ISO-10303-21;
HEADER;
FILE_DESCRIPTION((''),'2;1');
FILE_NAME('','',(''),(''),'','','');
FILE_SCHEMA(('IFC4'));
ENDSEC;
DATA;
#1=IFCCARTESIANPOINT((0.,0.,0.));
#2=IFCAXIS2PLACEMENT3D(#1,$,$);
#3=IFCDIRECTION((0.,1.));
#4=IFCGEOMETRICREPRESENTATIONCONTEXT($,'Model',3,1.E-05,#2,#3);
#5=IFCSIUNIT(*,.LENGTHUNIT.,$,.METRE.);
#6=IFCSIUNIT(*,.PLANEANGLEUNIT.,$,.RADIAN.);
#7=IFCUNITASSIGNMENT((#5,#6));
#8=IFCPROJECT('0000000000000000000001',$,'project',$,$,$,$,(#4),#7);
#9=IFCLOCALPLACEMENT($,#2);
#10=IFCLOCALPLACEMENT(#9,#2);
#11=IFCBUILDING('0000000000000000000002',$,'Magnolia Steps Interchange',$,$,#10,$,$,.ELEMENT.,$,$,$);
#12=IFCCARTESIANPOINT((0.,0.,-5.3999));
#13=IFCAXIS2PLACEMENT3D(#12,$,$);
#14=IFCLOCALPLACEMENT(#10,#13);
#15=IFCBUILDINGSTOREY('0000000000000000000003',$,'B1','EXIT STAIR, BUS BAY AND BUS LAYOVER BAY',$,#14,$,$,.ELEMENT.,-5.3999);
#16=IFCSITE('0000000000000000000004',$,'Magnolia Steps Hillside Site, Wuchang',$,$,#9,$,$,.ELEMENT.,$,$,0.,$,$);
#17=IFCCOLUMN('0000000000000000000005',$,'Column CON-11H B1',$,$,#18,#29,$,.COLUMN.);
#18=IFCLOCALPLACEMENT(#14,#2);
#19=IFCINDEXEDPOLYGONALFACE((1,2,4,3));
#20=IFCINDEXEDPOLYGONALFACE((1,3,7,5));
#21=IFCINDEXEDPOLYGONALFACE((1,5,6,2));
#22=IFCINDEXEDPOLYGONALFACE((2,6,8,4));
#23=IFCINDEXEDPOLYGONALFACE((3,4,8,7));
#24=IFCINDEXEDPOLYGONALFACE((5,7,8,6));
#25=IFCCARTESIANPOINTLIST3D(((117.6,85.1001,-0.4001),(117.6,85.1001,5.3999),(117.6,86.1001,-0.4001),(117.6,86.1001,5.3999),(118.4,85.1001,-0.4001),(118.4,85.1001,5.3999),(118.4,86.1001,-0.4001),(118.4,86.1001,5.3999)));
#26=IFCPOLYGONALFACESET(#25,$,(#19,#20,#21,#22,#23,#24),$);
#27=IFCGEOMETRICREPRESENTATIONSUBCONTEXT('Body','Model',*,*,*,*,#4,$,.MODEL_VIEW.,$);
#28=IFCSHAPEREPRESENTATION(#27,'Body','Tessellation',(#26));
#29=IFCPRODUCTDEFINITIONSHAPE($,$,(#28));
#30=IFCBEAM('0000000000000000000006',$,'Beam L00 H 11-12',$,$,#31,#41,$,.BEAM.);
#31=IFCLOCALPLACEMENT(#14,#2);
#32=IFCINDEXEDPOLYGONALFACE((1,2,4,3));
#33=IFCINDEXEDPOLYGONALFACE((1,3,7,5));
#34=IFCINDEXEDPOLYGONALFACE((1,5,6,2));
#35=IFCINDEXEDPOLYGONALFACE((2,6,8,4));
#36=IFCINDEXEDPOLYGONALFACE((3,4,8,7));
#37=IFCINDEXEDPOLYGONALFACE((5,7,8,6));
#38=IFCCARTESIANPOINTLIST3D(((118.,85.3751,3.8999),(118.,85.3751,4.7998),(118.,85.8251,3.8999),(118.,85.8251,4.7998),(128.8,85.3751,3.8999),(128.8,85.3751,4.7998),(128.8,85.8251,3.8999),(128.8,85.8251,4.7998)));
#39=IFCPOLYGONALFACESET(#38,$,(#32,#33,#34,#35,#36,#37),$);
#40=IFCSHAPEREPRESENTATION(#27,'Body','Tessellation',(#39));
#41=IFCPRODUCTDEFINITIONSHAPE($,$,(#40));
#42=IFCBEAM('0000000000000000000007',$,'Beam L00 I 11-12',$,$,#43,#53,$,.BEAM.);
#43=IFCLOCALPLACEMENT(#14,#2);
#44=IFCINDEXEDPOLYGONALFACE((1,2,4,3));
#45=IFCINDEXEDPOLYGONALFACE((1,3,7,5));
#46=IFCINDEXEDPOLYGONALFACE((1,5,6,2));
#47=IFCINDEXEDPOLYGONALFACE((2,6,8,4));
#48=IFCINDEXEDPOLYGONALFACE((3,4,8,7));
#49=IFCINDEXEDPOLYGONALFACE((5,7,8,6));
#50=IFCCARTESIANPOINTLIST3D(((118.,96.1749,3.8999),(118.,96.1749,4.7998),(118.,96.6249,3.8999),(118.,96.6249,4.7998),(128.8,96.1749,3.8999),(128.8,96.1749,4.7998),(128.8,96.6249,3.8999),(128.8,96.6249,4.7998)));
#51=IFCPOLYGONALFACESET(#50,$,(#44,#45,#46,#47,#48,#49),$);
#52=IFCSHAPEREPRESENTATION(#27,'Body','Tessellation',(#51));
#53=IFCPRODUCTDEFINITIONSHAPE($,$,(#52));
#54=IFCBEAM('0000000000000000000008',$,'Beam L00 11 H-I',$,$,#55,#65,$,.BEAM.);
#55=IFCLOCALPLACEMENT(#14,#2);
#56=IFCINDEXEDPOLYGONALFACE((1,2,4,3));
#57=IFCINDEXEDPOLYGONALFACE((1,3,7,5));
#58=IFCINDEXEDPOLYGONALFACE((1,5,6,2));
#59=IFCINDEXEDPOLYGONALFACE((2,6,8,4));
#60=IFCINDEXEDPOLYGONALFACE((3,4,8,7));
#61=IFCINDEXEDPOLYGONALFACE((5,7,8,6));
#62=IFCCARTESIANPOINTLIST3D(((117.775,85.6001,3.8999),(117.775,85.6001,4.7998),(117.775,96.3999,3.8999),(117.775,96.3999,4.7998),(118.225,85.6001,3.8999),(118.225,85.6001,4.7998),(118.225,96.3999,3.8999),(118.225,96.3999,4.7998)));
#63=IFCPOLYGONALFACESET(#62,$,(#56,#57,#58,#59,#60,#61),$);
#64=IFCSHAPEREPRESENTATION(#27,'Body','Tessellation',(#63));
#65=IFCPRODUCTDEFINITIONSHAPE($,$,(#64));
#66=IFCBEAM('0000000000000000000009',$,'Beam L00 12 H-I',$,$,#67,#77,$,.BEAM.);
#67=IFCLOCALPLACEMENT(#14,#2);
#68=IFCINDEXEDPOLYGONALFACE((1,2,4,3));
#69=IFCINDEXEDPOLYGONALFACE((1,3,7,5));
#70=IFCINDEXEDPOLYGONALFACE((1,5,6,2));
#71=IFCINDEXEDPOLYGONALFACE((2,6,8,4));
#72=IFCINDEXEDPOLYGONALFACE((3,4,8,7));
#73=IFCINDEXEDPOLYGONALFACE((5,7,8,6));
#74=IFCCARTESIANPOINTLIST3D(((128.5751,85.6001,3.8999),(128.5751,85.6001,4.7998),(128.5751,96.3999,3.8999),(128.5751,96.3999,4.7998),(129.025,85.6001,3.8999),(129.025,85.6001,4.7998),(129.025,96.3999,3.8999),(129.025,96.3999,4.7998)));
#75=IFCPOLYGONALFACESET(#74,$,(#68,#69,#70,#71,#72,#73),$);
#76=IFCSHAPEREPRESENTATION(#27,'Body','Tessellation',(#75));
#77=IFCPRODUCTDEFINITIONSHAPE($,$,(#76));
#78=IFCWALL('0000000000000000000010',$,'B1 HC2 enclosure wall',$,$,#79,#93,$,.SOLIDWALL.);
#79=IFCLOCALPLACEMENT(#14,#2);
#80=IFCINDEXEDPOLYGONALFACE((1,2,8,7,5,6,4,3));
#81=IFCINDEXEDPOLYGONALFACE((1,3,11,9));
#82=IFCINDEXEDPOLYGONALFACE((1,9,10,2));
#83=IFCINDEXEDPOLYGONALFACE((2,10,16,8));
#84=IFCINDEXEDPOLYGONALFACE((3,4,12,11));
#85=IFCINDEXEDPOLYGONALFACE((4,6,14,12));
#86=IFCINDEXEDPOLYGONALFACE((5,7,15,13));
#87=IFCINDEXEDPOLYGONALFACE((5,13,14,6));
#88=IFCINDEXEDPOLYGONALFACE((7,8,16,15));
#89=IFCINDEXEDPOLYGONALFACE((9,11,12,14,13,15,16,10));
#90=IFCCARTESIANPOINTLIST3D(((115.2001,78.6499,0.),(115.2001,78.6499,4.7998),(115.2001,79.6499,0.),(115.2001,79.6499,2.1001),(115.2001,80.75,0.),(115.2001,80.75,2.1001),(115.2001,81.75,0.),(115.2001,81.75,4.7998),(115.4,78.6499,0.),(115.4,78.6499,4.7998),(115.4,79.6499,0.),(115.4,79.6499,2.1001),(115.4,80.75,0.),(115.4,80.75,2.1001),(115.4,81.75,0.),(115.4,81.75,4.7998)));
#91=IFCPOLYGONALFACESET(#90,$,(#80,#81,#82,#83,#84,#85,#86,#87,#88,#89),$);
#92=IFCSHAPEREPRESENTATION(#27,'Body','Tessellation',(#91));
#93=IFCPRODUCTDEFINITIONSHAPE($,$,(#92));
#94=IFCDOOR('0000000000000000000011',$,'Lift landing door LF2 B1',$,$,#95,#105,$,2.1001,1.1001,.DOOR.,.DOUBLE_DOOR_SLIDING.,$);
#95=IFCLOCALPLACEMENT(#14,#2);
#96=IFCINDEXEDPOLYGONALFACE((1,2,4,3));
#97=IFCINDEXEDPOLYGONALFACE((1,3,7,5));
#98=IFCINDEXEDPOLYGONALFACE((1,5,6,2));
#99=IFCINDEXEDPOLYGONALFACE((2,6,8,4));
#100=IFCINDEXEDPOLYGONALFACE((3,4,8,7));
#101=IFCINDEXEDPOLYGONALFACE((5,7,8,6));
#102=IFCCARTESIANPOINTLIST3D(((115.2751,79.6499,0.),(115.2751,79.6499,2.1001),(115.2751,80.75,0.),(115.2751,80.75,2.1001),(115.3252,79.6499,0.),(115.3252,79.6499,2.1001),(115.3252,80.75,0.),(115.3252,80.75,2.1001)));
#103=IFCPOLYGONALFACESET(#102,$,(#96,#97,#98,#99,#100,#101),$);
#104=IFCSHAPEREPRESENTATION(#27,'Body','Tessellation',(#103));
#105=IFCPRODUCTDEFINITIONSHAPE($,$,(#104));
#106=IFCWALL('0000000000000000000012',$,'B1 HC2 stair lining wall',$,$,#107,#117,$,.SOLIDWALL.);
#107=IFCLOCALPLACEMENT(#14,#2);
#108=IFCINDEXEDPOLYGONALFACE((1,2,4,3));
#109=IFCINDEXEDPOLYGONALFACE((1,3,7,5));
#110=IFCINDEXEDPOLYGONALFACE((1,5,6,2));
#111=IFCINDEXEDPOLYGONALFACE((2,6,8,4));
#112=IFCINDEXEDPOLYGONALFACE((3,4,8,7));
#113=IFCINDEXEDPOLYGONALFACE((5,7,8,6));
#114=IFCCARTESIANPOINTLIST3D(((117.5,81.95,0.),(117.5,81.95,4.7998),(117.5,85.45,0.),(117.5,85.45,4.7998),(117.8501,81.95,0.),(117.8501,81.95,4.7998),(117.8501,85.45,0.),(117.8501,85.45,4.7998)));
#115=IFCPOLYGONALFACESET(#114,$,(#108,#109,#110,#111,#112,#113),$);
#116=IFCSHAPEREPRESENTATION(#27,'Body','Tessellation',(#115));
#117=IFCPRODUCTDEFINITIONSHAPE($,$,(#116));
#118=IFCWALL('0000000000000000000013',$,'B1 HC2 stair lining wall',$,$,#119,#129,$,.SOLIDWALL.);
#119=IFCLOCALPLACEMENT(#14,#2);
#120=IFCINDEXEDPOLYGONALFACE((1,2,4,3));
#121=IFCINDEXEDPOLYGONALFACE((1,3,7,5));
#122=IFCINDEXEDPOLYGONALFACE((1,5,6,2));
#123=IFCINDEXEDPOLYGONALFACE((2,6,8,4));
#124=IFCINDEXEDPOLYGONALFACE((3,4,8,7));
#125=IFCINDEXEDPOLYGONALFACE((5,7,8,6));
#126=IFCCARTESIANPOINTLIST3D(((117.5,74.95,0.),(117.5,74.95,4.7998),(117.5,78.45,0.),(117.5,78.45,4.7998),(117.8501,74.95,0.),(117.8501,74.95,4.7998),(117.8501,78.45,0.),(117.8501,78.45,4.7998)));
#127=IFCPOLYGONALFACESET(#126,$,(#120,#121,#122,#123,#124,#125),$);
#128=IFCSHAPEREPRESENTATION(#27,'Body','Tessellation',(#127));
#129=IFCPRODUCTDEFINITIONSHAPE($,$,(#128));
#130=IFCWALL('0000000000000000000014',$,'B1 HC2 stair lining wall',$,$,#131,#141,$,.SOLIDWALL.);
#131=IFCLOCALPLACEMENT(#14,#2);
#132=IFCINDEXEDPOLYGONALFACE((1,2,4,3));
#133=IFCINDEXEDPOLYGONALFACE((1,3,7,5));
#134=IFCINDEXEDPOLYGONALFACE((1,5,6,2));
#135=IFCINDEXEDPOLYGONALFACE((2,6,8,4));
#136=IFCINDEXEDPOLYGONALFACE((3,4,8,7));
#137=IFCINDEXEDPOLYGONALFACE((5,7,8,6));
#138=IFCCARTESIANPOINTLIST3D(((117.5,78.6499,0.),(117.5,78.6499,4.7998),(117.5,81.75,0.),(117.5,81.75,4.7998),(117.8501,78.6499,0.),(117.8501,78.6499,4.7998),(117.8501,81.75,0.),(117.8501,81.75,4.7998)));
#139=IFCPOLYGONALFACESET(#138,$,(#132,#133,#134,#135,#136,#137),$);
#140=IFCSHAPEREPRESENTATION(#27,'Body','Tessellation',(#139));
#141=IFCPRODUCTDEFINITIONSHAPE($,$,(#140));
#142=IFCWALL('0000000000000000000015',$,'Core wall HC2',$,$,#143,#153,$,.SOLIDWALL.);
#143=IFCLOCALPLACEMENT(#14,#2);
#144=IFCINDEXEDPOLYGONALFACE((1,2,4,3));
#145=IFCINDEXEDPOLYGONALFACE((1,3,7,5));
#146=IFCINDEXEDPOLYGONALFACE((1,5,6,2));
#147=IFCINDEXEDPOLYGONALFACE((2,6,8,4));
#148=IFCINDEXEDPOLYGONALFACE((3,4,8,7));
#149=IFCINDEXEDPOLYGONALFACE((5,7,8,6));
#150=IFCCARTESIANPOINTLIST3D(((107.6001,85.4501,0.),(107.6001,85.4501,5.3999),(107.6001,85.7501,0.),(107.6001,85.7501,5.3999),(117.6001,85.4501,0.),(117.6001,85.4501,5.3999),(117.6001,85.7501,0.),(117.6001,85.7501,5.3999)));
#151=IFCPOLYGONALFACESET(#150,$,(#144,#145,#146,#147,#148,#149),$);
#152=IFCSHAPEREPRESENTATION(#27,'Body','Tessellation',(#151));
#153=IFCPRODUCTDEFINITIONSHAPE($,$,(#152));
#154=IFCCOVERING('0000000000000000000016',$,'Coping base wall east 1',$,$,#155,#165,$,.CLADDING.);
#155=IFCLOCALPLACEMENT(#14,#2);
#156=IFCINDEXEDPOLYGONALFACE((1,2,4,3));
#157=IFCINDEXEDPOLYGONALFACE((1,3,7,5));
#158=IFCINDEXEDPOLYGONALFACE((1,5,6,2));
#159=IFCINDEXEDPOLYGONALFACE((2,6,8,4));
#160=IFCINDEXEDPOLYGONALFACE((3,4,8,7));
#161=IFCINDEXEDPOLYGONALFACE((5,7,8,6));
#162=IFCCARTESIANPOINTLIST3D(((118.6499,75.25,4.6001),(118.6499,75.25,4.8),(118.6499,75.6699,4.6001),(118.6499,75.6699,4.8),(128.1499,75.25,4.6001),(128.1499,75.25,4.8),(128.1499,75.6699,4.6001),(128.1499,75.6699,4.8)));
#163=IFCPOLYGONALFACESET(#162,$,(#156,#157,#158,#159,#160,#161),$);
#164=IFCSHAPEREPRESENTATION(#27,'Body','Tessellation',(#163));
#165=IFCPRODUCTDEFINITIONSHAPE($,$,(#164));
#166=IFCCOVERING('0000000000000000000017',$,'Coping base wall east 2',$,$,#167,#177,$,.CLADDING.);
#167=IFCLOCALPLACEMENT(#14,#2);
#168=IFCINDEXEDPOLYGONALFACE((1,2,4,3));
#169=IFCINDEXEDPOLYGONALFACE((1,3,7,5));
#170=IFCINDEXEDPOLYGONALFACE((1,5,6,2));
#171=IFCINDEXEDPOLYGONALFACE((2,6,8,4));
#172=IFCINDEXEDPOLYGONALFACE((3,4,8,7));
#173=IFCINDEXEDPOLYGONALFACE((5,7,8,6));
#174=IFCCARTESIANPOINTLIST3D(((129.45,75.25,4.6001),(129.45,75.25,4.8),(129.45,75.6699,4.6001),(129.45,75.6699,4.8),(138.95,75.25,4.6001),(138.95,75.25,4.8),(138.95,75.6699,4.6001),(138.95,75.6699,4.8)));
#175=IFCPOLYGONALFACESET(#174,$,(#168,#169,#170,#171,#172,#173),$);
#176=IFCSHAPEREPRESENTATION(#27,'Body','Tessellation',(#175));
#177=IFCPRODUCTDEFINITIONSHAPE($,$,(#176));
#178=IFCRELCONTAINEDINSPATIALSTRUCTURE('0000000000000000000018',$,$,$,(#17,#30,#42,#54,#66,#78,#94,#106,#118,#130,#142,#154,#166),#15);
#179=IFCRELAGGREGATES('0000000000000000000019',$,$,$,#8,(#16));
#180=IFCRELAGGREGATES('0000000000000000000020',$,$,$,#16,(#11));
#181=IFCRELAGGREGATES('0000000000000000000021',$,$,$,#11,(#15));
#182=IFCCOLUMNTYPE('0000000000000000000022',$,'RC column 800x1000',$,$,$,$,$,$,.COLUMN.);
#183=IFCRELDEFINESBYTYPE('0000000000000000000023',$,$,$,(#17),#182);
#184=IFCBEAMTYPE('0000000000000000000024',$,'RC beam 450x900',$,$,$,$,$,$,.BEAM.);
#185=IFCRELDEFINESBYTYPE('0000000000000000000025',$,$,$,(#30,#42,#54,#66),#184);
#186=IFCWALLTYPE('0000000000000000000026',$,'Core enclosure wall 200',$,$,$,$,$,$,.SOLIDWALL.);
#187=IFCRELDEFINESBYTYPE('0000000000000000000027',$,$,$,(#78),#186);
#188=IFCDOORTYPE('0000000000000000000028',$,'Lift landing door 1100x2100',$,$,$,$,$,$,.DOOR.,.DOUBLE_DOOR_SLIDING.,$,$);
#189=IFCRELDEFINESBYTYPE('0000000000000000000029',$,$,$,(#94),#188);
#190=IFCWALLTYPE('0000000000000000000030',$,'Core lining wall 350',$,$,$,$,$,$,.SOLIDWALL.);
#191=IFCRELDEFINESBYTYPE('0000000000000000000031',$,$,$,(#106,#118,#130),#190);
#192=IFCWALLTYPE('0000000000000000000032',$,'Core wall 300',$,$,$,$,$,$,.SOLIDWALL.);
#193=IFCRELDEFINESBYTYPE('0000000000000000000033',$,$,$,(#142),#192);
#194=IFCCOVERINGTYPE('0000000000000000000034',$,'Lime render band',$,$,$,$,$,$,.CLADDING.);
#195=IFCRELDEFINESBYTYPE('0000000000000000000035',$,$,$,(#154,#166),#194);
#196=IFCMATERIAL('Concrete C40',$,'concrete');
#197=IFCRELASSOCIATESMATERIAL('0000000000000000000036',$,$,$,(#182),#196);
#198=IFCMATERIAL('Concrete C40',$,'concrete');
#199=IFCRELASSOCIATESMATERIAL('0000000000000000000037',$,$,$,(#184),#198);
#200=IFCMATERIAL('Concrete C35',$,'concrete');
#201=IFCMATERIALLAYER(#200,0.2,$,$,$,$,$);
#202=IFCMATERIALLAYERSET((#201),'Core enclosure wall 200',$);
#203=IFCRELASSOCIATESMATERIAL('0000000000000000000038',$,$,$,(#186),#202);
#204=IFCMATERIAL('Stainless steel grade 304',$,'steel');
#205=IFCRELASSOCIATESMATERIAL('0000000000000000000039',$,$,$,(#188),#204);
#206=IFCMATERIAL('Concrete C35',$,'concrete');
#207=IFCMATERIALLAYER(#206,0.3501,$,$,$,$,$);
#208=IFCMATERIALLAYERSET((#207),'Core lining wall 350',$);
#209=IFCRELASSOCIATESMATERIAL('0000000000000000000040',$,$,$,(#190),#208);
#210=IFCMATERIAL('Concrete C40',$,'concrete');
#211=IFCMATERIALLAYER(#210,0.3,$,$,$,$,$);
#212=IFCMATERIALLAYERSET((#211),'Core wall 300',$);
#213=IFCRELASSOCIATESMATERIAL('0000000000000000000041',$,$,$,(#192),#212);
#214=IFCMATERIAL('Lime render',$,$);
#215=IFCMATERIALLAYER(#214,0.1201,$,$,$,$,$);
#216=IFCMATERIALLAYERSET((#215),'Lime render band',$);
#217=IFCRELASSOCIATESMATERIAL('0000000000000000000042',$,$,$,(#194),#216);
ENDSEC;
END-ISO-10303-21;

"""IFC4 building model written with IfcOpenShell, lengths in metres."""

from ifc_helpers import new_model, si_unit, direction, frame, frame_2d, origin, origin_2d, place, context, subcontext, project, spatial, rectangle, extrude, material, layer, layer_set, material_profile, profile_set, type_object, element, fill, save


model = new_model("IFC4")

# Units and contexts
model_context = context("Model", 3, precision=1e-05, world=origin(), true_north=direction((0.0, 1.0)))
body_context = subcontext(model_context, "Body", "Model", "MODEL_VIEW")
ifc_project = project(units=[si_unit("LENGTHUNIT", "METRE"), si_unit("PLANEANGLEUNIT", "RADIAN")], contexts=[model_context])

# Site, building, storey
site_placement = place(None, origin())
site = spatial("IfcSite", under=ifc_project, at=site_placement, Name="Magnolia Steps Hillside Site, Wuchang", CompositionType="ELEMENT", RefElevation=0.0)
building_placement = place(site_placement, origin())
building = spatial("IfcBuilding", under=site, at=building_placement, Name="Magnolia Steps Interchange", CompositionType="ELEMENT")
storey_placement = place(building_placement, frame((0.0, 0.0, -5.3999)))
storey = spatial("IfcBuildingStorey", under=building, at=storey_placement, Name="B1", Description="EXIT STAIR, BUS BAY AND BUS LAYOVER BAY", CompositionType="ELEMENT", Elevation=-5.3999)

# Column
ifc_material_1 = material(Name="Concrete C40", Category="concrete")
ifc_material_profile_1 = material_profile(ifc_material_1, rectangle(XDim=0.8, YDim=1.0, at=origin_2d()), Name="RC800x1000")
ifc_profile_set_1 = profile_set([ifc_material_profile_1], Name="Concrete C40")
column_type = type_object("IfcColumnType", Name="RC column 800x1000", PredefinedType="COLUMN", material=ifc_profile_set_1)
column_placement = place(storey_placement, frame((118.0, 85.6001, -0.4001), z_axis=(0.0, 0.0, 1.0), x_axis=(1.0, 0.0, 0.0)))
element("IfcColumn", 1, at=column_placement, inside=storey, type_object=column_type, Name="Column CON-11H B1", PredefinedType="COLUMN", context=body_context, shape_type="SweptSolid", body=[
    extrude(rectangle(XDim=0.8, YDim=1.0, at=origin_2d()), origin(), (0.0, 0.0, 1.0), 5.8),
])

# Beams
ifc_material_2 = material(Name="Concrete C40", Category="concrete")
ifc_material_profile_2 = material_profile(ifc_material_2, rectangle(XDim=0.45, YDim=0.8999, at=origin_2d()), Name="RC450x900")
ifc_profile_set_2 = profile_set([ifc_material_profile_2], Name="Concrete C40")
beam_type = type_object("IfcBeamType", Name="RC beam 450x900", PredefinedType="BEAM", material=ifc_profile_set_2)
for number, where, z_axis, x_axis, name in (
    (2, (118.0, 85.6001, 4.3499), (1.0, 0.0, 0.0), (0.0, 1.0, 0.0), "Beam L00 H 11-12"),
    (3, (118.0, 96.3999, 4.3499), (1.0, 0.0, 0.0), (0.0, 1.0, 0.0), "Beam L00 I 11-12"),
):
    element("IfcBeam", number, at=place(storey_placement, frame(where, z_axis=z_axis, x_axis=x_axis)), inside=storey, type_object=beam_type, Name=name, PredefinedType="BEAM", context=body_context, shape_type="SweptSolid", body=[
        extrude(rectangle(XDim=0.45, YDim=0.8999, at=origin_2d()), origin(), (0.0, 0.0, 1.0), 10.8),
    ])
for number, where, z_axis, x_axis, name in (
    (4, (118.0, 85.6001, 4.3499), (0.0, 1.0, 0.0), (-1.0, 0.0, 0.0), "Beam L00 11 H-I"),
    (5, (128.8, 85.6001, 4.3499), (0.0, 1.0, 0.0), (-1.0, 0.0, 0.0), "Beam L00 12 H-I"),
):
    element("IfcBeam", number, at=place(storey_placement, frame(where, z_axis=z_axis, x_axis=x_axis)), inside=storey, type_object=beam_type, Name=name, PredefinedType="BEAM", context=body_context, shape_type="SweptSolid", body=[
        extrude(rectangle(XDim=0.45, YDim=0.8999, at=origin_2d()), origin(), (0.0, 0.0, 1.0), 10.7998),
    ])

# Wall, opening, door
ifc_material_3 = material(Name="Concrete C35", Category="concrete")
ifc_layer_1 = layer(ifc_material_3, 0.2)
ifc_layer_set_1 = layer_set([ifc_layer_1], Name="Core enclosure wall 200")
wall_type_1 = type_object("IfcWallType", Name="Core enclosure wall 200", PredefinedType="SOLIDWALL", material=ifc_layer_set_1)
wall_1_placement = place(storey_placement, frame((115.3, 81.75, 0.0), z_axis=(0.0, 0.0, 1.0), x_axis=(0.0, -1.0, 0.0)))
wall_1 = element("IfcWall", 6, at=wall_1_placement, inside=storey, type_object=wall_type_1, Name="B1 HC2 enclosure wall", PredefinedType="SOLIDWALL", context=body_context, shape_type="SweptSolid", body=[
    extrude(rectangle(XDim=3.1001, YDim=0.2, at=frame_2d((1.55, 0.0))), origin(), (0.0, 0.0, 1.0), 4.7998),
])
opening_placement = place(wall_1_placement, frame((1.0, 0.0, 0.0)))
opening = element("IfcOpeningElement", 7, at=opening_placement, cuts=wall_1, PredefinedType="OPENING", context=body_context, shape_type="SweptSolid", body=[
    extrude(rectangle(XDim=1.1001, YDim=2.1001, at=frame_2d((0.55, 1.05))), frame((0.0, 0.1099, 0.0), z_axis=(0.0, -1.0, 0.0), x_axis=(1.0, 0.0, 0.0)), (0.0, 0.0, 1.0), 0.22),
])
ifc_material_4 = material(Name="Stainless steel grade 304", Category="steel")
door_type = type_object("IfcDoorType", Name="Lift landing door 1100x2100", OperationType="DOUBLE_DOOR_SLIDING", PredefinedType="DOOR", material=ifc_material_4)
door_placement = place(opening_placement, frame((1.1001, 0.0, 0.0), z_axis=(0.0, 0.0, 1.0), x_axis=(-1.0, 0.0, 0.0)))
door = element("IfcDoor", 8, at=door_placement, inside=storey, type_object=door_type, Name="Lift landing door LF2 B1", OperationType="DOUBLE_DOOR_SLIDING", OverallHeight=2.1001, OverallWidth=1.1001, PredefinedType="DOOR", context=body_context, shape_type="SweptSolid", body=[
    extrude(rectangle(XDim=1.1001, YDim=2.1001, at=frame_2d((0.55, 1.05))), frame((0.0, 0.0249, 0.0), z_axis=(0.0, -1.0, 0.0), x_axis=(1.0, 0.0, 0.0)), (0.0, 0.0, 1.0), 0.05),
])
fill(opening, door)

# Walls
ifc_material_5 = material(Name="Concrete C35", Category="concrete")
ifc_layer_2 = layer(ifc_material_5, 0.3501)
ifc_layer_set_2 = layer_set([ifc_layer_2], Name="Core lining wall 350")
wall_type_2 = type_object("IfcWallType", Name="Core lining wall 350", PredefinedType="SOLIDWALL", material=ifc_layer_set_2)
for number, where, z_axis, x_axis, name in (
    (9, (117.675, 85.45, 0.0), (0.0, 0.0, 1.0), (0.0, -1.0, 0.0), "B1 HC2 stair lining wall"),
    (10, (117.675, 78.45, 0.0), (0.0, 0.0, 1.0), (0.0, -1.0, 0.0), "B1 HC2 stair lining wall"),
):
    element("IfcWall", number, at=place(storey_placement, frame(where, z_axis=z_axis, x_axis=x_axis)), inside=storey, type_object=wall_type_2, Name=name, PredefinedType="SOLIDWALL", context=body_context, shape_type="SweptSolid", body=[
        extrude(rectangle(XDim=3.5, YDim=0.3501, at=frame_2d((1.75, 0.0))), origin(), (0.0, 0.0, 1.0), 4.7998),
    ])
wall_2_placement = place(storey_placement, frame((117.675, 81.75, 0.0), z_axis=(0.0, 0.0, 1.0), x_axis=(0.0, -1.0, 0.0)))
element("IfcWall", 11, at=wall_2_placement, inside=storey, type_object=wall_type_2, Name="B1 HC2 stair lining wall", PredefinedType="SOLIDWALL", context=body_context, shape_type="SweptSolid", body=[
    extrude(rectangle(XDim=3.1001, YDim=0.3501, at=frame_2d((1.55, 0.0))), origin(), (0.0, 0.0, 1.0), 4.7998),
])
ifc_material_6 = material(Name="Concrete C40", Category="concrete")
ifc_layer_3 = layer(ifc_material_6, 0.3)
ifc_layer_set_3 = layer_set([ifc_layer_3], Name="Core wall 300")
wall_type_3 = type_object("IfcWallType", Name="Core wall 300", PredefinedType="SOLIDWALL", material=ifc_layer_set_3)
wall_3_placement = place(storey_placement, frame((117.6001, 85.6001, 0.0), z_axis=(0.0, 0.0, 1.0), x_axis=(-1.0, 0.0, 0.0)))
element("IfcWall", 12, at=wall_3_placement, inside=storey, type_object=wall_type_3, Name="Core wall HC2", PredefinedType="SOLIDWALL", context=body_context, shape_type="SweptSolid", body=[
    extrude(rectangle(XDim=10.0, YDim=0.3, at=frame_2d((5.0, 0.0))), origin(), (0.0, 0.0, 1.0), 5.3999),
])

# Coverings
ifc_material_7 = material(Name="Lime render")
ifc_layer_4 = layer(ifc_material_7, 0.1201)
ifc_layer_set_4 = layer_set([ifc_layer_4], Name="Lime render band")
covering_type_1 = type_object("IfcCoveringType", Name="Lime render band", PredefinedType="CLADDING", material=ifc_layer_set_4)
for number, where, z_axis, x_axis, name in (
    (13, (123.3999, 75.46, 4.6001), (0.0, 0.0, 1.0), (1.0, 0.0, 0.0), "Coping base wall east 1"),
    (14, (134.2, 75.46, 4.6001), (0.0, 0.0, 1.0), (1.0, 0.0, 0.0), "Coping base wall east 2"),
):
    element("IfcCovering", number, at=place(storey_placement, frame(where, z_axis=z_axis, x_axis=x_axis)), inside=storey, type_object=covering_type_1, Name=name, PredefinedType="CLADDING", context=body_context, shape_type="SweptSolid", body=[
        extrude(rectangle(XDim=9.5, YDim=0.4199, at=origin_2d()), origin(), (0.0, 0.0, 1.0), 0.2),
    ])

save(model, "model.ifc")
